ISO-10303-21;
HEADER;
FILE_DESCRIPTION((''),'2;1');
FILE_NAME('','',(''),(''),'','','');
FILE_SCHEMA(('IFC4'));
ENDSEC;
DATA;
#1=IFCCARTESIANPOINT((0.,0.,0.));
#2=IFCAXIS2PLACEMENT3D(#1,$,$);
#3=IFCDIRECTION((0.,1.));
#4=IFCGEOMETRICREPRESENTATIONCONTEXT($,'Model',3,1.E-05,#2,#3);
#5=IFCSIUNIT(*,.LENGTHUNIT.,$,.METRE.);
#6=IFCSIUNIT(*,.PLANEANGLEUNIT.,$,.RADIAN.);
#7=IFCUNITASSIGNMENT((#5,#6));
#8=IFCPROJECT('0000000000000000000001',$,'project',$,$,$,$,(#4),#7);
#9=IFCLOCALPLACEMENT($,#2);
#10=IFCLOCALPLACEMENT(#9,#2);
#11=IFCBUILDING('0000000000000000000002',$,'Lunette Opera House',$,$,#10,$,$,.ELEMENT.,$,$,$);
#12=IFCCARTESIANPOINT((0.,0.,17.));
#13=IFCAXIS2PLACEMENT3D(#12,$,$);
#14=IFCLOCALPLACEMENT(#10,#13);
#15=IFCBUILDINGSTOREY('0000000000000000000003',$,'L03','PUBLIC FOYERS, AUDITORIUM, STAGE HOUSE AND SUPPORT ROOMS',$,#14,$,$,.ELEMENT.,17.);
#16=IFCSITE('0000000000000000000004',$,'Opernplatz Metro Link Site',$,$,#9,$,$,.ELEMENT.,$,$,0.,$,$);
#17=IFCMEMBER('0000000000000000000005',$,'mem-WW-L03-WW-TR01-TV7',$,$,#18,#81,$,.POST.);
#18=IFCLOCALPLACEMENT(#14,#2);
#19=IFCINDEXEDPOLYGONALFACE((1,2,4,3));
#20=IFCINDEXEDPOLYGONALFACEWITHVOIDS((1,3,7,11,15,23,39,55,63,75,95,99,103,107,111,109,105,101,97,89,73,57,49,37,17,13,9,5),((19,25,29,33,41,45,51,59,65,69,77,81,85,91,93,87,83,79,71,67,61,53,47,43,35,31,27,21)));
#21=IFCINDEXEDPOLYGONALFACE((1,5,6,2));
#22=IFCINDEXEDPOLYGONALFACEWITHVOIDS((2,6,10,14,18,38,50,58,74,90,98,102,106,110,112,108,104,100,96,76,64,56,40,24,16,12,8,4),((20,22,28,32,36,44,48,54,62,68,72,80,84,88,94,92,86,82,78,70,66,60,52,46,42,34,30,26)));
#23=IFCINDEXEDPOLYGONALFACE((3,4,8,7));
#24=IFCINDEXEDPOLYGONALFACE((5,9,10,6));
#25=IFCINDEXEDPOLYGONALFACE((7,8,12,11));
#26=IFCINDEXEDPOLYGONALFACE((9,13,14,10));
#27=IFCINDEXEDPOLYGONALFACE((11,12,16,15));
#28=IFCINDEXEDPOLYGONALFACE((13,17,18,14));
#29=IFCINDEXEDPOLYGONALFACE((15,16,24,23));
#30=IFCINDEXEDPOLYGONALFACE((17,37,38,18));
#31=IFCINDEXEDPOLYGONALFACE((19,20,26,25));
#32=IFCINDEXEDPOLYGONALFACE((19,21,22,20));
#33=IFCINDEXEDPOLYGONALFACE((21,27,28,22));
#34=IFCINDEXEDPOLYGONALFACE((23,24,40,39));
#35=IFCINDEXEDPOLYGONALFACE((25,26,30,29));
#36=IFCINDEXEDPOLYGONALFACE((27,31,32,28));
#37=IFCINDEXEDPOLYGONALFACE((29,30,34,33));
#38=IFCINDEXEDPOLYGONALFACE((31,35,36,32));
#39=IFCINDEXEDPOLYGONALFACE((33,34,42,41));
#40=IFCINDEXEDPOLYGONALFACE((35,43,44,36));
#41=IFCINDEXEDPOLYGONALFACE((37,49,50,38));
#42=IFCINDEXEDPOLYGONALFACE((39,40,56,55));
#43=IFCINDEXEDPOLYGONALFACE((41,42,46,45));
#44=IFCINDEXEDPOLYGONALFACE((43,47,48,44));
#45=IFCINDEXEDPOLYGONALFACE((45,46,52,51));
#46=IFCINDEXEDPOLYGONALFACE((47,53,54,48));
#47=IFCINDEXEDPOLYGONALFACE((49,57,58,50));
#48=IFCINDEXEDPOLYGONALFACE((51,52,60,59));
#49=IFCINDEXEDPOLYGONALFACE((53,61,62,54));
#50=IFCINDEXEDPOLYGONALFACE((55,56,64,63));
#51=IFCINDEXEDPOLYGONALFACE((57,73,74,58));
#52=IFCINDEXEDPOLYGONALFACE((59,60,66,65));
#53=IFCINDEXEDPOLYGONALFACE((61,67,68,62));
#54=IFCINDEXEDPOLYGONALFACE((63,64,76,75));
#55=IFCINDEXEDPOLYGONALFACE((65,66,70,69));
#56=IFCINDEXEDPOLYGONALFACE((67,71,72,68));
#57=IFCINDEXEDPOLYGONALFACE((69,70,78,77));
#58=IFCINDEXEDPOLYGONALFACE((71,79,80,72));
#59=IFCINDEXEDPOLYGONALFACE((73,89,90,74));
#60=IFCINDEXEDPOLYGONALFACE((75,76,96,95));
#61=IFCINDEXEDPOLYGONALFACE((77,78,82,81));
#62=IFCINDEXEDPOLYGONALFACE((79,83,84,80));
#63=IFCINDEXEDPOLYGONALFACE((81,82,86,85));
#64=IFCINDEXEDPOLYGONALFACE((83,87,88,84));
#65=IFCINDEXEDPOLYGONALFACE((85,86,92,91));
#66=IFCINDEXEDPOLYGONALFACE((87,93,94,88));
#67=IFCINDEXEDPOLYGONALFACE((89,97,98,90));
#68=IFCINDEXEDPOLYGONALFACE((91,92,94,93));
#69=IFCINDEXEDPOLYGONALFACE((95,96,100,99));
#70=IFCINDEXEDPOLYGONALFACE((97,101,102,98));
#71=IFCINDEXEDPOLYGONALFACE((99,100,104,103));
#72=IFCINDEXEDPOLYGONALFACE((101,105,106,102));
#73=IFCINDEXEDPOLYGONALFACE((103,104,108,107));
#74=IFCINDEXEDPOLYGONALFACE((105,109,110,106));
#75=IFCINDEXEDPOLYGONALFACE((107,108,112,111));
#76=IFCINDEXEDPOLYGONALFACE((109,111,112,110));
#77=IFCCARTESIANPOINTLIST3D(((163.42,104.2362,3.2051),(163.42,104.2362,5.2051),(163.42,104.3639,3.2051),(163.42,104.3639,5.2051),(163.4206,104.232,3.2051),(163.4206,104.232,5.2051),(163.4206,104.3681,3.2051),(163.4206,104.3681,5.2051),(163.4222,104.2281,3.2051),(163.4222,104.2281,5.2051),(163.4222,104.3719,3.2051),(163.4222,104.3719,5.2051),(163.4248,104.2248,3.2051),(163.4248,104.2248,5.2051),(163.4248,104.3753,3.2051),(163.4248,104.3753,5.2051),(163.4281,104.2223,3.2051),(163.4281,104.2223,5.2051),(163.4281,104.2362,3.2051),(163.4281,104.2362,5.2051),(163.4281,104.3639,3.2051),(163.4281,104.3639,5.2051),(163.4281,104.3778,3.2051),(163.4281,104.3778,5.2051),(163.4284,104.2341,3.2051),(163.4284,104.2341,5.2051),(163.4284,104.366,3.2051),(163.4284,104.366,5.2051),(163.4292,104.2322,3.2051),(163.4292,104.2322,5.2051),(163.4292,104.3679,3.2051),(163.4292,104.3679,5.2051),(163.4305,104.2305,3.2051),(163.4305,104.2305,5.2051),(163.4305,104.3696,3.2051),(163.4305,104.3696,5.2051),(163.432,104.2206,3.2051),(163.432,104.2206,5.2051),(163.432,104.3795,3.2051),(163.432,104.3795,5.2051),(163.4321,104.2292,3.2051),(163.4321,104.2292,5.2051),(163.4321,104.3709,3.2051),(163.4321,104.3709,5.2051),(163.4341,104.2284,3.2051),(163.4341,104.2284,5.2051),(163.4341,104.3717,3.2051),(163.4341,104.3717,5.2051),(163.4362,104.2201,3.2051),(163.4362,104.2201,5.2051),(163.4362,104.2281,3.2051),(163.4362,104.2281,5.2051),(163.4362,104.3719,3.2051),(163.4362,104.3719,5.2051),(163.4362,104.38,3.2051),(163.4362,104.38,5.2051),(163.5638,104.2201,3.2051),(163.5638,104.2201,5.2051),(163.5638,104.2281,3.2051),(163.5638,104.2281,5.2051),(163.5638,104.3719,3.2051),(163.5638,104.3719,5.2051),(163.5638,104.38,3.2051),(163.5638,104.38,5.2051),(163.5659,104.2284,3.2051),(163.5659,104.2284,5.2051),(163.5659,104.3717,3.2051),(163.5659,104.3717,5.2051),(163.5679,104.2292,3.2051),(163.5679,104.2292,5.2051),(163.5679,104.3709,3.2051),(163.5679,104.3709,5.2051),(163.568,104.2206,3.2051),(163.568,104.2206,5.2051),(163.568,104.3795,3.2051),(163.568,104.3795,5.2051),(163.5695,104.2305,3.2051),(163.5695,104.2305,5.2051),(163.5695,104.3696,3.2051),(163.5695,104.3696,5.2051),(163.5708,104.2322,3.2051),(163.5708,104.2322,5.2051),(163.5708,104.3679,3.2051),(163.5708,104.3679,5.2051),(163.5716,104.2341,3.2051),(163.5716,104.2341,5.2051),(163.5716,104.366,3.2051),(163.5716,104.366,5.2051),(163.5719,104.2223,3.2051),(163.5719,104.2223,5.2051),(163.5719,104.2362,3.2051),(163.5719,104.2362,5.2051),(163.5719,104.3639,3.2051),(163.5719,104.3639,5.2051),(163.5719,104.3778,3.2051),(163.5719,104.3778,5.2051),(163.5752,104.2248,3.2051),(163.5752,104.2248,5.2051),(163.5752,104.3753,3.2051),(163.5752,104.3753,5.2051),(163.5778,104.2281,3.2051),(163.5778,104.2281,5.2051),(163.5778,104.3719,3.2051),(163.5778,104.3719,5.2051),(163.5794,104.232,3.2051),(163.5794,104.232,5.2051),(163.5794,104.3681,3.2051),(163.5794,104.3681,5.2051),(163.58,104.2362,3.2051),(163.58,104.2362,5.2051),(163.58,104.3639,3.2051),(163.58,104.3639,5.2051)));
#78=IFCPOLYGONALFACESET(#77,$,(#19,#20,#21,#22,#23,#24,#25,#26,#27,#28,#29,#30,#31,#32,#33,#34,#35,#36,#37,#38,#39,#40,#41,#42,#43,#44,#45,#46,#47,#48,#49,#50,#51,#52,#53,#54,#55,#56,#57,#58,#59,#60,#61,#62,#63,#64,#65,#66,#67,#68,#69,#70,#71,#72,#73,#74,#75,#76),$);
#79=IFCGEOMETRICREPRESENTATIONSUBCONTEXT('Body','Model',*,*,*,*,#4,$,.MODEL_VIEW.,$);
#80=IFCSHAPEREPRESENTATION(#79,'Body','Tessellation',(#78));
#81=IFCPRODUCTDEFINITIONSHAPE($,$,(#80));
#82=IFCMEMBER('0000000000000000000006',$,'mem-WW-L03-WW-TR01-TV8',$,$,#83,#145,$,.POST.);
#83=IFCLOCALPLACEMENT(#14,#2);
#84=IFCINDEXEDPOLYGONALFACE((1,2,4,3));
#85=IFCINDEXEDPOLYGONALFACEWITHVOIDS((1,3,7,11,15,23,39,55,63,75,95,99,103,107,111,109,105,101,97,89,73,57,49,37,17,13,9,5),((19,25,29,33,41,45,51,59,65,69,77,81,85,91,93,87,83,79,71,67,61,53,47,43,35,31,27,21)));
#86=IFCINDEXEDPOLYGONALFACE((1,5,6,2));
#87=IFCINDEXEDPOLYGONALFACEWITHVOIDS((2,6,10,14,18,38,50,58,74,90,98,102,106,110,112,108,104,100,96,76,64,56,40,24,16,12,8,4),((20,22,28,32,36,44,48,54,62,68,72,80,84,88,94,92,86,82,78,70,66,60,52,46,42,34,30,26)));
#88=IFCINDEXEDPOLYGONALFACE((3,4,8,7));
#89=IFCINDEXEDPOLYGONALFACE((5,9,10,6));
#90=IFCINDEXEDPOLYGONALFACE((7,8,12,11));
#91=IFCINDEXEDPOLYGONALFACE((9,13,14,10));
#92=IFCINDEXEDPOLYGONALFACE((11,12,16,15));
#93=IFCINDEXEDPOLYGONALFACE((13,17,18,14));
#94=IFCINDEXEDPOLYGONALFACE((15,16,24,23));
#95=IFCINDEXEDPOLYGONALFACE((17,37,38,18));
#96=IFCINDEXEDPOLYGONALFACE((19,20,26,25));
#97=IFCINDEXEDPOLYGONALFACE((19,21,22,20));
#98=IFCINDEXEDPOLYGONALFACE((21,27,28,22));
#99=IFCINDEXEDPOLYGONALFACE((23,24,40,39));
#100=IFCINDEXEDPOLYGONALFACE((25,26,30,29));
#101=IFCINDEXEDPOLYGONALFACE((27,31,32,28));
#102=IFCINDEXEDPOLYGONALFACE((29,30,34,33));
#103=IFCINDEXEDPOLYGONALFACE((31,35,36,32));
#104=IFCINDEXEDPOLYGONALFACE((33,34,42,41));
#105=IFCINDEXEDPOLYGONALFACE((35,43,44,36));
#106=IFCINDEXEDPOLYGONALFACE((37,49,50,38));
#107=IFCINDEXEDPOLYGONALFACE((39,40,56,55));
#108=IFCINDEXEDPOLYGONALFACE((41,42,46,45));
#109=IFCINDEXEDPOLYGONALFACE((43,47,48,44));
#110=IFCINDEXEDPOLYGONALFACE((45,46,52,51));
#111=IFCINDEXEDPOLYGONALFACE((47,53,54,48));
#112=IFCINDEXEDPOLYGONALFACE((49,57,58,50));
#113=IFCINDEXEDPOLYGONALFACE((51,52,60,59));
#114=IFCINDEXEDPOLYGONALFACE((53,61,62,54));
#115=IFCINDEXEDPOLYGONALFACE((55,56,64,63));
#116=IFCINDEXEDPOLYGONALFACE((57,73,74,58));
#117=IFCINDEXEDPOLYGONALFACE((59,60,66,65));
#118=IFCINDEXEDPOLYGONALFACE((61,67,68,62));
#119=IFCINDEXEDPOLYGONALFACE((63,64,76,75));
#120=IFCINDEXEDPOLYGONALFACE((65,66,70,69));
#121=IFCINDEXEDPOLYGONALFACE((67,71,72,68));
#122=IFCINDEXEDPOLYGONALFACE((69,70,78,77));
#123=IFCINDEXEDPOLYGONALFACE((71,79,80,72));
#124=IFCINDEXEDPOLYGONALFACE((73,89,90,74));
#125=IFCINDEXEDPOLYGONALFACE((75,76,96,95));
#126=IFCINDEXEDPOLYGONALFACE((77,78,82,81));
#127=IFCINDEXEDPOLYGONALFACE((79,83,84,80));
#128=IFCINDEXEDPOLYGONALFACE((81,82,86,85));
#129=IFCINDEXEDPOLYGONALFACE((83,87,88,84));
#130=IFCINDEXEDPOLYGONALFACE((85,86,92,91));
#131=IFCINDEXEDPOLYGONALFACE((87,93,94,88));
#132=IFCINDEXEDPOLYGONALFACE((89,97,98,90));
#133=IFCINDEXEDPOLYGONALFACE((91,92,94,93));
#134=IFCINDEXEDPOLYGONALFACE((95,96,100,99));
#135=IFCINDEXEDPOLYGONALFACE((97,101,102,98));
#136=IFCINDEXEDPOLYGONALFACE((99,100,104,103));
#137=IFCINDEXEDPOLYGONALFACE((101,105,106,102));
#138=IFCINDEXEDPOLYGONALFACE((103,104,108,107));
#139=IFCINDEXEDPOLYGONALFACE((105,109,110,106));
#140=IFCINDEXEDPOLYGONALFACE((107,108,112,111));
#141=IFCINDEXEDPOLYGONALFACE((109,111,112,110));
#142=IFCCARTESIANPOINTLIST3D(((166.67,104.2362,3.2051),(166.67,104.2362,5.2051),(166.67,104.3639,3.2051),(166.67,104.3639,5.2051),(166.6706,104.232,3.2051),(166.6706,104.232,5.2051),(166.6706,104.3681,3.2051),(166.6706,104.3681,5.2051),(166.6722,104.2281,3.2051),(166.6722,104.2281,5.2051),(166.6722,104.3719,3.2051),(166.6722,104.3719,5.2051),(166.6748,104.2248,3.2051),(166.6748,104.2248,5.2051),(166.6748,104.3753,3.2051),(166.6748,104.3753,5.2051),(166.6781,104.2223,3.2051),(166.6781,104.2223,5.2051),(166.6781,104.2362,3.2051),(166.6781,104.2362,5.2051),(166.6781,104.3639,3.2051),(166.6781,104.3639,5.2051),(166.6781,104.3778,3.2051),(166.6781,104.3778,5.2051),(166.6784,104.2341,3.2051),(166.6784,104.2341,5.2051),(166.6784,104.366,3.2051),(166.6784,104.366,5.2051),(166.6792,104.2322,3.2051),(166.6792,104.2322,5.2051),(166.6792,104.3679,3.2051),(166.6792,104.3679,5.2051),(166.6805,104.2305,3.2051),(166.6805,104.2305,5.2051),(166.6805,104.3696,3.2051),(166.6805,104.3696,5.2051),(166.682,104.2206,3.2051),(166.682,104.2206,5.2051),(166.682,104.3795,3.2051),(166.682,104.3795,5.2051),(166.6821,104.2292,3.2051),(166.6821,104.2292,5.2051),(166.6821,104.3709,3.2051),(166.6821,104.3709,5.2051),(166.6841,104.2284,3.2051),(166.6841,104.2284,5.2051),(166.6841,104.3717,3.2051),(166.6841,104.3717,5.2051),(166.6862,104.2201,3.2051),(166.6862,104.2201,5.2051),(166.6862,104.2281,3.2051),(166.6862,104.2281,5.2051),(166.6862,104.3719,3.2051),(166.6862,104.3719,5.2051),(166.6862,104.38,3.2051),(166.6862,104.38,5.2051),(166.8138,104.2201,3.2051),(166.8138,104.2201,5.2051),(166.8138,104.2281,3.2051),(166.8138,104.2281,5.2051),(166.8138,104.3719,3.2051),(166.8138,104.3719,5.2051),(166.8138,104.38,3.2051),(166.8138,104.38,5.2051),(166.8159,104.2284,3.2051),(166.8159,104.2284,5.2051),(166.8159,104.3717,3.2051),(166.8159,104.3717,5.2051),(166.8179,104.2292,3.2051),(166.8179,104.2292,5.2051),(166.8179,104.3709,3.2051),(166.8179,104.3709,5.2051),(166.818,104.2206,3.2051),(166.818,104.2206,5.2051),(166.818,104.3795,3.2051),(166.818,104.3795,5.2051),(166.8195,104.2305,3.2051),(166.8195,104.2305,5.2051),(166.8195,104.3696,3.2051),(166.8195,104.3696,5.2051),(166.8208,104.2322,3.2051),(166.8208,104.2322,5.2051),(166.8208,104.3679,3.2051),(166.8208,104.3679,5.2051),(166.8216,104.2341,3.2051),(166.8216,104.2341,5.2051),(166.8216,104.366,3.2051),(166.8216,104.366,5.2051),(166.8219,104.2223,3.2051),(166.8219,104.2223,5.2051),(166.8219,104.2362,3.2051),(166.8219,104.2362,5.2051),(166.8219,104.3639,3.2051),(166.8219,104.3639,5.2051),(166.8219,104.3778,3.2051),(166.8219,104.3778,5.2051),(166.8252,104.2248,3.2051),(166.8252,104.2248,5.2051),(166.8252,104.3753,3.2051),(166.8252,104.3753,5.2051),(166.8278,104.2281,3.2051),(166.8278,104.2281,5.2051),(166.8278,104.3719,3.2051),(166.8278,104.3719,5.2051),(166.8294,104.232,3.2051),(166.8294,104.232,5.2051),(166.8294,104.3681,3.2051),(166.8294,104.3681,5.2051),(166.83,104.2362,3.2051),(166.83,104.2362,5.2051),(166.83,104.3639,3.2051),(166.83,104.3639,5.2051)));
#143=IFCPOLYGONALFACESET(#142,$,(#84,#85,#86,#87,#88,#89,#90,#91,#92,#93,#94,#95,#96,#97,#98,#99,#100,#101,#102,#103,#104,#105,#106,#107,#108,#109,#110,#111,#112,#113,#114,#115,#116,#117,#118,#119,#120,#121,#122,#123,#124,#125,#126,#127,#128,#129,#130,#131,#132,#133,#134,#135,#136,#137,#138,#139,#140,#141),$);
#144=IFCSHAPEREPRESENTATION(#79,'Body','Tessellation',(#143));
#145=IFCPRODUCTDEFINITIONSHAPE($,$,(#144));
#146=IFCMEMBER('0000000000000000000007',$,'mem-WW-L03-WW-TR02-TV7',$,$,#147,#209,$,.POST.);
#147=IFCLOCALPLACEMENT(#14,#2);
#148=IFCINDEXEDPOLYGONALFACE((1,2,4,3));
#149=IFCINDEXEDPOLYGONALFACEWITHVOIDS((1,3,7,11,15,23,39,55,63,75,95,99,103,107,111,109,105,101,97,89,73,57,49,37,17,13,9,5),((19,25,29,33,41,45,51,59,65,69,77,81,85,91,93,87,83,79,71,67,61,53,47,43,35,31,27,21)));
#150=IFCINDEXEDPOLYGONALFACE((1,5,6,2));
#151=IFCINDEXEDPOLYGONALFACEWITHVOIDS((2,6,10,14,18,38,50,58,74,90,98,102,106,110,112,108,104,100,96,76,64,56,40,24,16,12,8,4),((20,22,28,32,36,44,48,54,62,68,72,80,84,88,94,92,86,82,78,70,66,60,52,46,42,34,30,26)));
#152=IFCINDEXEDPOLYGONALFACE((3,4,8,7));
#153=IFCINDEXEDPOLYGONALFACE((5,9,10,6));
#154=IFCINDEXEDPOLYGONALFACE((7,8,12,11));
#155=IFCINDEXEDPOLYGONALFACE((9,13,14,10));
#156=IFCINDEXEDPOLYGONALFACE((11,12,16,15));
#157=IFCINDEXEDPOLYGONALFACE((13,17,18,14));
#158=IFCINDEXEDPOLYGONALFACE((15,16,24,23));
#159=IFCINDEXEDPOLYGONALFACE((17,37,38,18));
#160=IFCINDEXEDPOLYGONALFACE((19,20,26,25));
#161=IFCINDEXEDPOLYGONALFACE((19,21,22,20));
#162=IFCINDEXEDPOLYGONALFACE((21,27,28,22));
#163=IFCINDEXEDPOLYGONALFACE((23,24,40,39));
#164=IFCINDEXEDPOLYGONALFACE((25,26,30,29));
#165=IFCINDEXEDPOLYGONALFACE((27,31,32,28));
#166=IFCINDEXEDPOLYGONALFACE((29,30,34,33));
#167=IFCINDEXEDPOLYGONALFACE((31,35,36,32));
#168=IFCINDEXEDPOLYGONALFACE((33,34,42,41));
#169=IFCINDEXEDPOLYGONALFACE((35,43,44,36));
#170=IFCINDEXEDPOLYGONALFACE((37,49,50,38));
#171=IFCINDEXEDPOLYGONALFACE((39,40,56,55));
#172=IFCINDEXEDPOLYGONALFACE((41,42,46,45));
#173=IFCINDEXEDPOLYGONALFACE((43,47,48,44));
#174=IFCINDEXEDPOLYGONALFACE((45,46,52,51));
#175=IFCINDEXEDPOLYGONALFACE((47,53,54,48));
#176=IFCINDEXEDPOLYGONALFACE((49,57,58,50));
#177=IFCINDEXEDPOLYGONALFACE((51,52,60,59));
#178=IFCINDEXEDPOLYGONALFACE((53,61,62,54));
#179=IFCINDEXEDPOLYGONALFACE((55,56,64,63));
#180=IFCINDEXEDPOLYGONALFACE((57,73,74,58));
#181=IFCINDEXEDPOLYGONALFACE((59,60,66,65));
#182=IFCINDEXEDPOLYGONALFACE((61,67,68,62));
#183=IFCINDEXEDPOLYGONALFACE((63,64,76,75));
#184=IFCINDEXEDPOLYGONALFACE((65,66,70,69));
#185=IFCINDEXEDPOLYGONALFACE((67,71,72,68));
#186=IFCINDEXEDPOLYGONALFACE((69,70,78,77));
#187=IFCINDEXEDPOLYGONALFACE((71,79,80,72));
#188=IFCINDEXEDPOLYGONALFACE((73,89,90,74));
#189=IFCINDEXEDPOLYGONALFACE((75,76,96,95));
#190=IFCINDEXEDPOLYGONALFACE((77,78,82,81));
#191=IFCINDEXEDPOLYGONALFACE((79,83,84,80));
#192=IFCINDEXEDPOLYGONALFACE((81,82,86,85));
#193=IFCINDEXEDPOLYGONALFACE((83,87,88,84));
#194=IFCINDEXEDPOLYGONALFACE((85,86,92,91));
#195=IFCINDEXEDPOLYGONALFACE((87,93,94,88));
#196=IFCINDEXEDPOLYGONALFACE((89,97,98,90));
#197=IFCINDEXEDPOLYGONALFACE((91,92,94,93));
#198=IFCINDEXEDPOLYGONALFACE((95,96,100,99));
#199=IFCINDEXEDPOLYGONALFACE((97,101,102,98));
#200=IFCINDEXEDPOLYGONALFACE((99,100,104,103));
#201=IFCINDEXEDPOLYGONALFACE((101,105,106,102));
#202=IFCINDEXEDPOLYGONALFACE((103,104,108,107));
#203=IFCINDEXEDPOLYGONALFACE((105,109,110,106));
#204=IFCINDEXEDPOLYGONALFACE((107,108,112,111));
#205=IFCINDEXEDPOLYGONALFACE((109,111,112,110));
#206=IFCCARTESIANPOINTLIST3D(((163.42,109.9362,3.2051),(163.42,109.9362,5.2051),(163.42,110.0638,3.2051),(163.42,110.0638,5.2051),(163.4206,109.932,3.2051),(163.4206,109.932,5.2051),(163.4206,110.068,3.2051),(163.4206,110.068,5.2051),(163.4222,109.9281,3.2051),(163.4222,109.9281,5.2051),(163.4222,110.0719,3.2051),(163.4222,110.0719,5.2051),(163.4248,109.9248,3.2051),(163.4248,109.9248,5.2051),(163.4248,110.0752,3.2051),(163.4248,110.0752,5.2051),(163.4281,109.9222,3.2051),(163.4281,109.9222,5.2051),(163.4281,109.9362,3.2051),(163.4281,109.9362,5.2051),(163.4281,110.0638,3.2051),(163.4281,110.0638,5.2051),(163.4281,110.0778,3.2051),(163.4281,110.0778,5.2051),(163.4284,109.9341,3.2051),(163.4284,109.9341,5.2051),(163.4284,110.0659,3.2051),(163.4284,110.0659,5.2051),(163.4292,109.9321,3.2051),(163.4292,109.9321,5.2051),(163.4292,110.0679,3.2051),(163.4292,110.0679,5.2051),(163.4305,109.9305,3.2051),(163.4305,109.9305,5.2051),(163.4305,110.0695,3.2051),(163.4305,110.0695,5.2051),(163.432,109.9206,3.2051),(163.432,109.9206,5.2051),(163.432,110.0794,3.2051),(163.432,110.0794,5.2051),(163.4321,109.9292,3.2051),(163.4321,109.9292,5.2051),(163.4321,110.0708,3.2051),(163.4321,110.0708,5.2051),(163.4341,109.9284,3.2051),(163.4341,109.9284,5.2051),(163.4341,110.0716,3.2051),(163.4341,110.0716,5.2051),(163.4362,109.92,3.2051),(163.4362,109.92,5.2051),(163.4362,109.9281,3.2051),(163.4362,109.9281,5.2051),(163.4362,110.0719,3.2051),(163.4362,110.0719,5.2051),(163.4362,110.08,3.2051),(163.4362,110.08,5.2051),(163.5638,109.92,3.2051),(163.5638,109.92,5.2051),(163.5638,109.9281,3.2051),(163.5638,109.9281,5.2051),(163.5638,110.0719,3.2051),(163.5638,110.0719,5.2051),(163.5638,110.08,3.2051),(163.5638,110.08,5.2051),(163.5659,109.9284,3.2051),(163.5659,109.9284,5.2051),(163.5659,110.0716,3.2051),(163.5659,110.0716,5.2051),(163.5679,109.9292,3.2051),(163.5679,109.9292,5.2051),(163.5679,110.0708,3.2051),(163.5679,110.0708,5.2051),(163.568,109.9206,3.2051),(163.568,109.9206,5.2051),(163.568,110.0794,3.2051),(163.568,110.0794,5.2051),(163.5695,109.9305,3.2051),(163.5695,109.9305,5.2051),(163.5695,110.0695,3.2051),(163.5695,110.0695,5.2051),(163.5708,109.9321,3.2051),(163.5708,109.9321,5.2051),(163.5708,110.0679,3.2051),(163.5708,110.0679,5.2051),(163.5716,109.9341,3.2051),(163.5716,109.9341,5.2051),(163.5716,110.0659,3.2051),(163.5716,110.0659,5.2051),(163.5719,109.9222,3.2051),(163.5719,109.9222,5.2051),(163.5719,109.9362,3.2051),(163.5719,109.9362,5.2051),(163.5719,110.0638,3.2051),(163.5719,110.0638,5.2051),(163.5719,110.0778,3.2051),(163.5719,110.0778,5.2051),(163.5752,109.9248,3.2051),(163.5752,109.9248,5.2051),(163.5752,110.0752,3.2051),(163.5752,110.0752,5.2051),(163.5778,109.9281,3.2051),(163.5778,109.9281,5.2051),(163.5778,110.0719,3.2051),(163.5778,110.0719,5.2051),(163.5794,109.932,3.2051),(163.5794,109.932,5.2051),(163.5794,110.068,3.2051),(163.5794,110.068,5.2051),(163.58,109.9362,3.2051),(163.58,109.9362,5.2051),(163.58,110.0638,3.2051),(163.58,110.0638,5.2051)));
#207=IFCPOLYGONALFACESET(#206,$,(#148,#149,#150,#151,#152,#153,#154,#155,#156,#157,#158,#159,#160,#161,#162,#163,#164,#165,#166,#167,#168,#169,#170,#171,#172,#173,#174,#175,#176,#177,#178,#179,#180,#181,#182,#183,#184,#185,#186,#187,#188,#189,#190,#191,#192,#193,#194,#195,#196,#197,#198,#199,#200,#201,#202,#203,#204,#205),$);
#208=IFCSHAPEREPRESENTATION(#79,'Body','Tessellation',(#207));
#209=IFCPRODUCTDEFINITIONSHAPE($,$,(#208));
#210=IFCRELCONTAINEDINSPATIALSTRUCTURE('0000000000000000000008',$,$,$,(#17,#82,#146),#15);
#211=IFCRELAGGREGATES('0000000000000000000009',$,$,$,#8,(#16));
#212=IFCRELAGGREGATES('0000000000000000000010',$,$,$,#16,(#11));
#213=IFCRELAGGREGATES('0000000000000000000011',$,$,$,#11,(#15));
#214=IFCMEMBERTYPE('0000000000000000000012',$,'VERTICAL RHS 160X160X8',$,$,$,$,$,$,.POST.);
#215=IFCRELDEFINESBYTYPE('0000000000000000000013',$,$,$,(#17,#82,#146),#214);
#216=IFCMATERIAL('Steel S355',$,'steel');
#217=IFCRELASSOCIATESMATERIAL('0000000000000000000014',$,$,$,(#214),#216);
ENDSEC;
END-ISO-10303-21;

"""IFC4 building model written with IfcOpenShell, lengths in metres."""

from ifc_helpers import new_model, si_unit, direction, frame, origin, origin_2d, place, context, subcontext, project, spatial, hollow_rectangle, extrude, material, material_profile, profile_set, type_object, element, save


model = new_model("IFC4")

# Units and contexts
model_context = context("Model", 3, precision=1e-05, world=origin(), true_north=direction((0.0, 1.0)))
body_context = subcontext(model_context, "Body", "Model", "MODEL_VIEW")
ifc_project = project(units=[si_unit("LENGTHUNIT", "METRE"), si_unit("PLANEANGLEUNIT", "RADIAN")], contexts=[model_context])

# Site, building, storey
site_placement = place(None, origin())
site = spatial("IfcSite", under=ifc_project, at=site_placement, Name="Opernplatz Metro Link Site", CompositionType="ELEMENT", RefElevation=0.0)
building_placement = place(site_placement, origin())
building = spatial("IfcBuilding", under=site, at=building_placement, Name="Lunette Opera House", CompositionType="ELEMENT")
storey_placement = place(building_placement, frame((0.0, 0.0, 17.0)))
storey = spatial("IfcBuildingStorey", under=building, at=storey_placement, Name="L03", Description="PUBLIC FOYERS, AUDITORIUM, STAGE HOUSE AND SUPPORT ROOMS", CompositionType="ELEMENT", Elevation=17.0)

# Members
ifc_material_1 = material(Name="Steel S355", Category="steel")
ifc_material_profile_1 = material_profile(ifc_material_1, hollow_rectangle(XDim=0.1599, YDim=0.1599, WallThickness=0.0081, InnerFilletRadius=0.0081, OuterFilletRadius=0.0161, at=origin_2d()), Name="RHS 160X160X8")
ifc_profile_set_1 = profile_set([ifc_material_profile_1], Name="Steel S355")
member_type_1 = type_object("IfcMemberType", Name="VERTICAL RHS 160X160X8", PredefinedType="POST", material=ifc_profile_set_1)
for number, where, z_axis, x_axis, name in (
    (1, (163.5, 104.3, 3.2051), (0.0, 0.0, 1.0), (1.0, 0.0, 0.0), "mem-WW-L03-WW-TR01-TV7"),
    (2, (166.75, 104.3, 3.2051), (0.0, 0.0, 1.0), (1.0, 0.0, 0.0), "mem-WW-L03-WW-TR01-TV8"),
    (3, (163.5, 110.0, 3.2051), (0.0, 0.0, 1.0), (1.0, 0.0, 0.0), "mem-WW-L03-WW-TR02-TV7"),
):
    element("IfcMember", number, at=place(storey_placement, frame(where, z_axis=z_axis, x_axis=x_axis)), inside=storey, type_object=member_type_1, Name=name, PredefinedType="POST", context=body_context, shape_type="SweptSolid", body=[
        extrude(hollow_rectangle(XDim=0.1599, YDim=0.1599, WallThickness=0.0081, InnerFilletRadius=0.0081, OuterFilletRadius=0.0161, at=origin_2d()), origin(), (0.0, 0.0, 1.0), 2.0),
    ])

save(model, "model.ifc")
